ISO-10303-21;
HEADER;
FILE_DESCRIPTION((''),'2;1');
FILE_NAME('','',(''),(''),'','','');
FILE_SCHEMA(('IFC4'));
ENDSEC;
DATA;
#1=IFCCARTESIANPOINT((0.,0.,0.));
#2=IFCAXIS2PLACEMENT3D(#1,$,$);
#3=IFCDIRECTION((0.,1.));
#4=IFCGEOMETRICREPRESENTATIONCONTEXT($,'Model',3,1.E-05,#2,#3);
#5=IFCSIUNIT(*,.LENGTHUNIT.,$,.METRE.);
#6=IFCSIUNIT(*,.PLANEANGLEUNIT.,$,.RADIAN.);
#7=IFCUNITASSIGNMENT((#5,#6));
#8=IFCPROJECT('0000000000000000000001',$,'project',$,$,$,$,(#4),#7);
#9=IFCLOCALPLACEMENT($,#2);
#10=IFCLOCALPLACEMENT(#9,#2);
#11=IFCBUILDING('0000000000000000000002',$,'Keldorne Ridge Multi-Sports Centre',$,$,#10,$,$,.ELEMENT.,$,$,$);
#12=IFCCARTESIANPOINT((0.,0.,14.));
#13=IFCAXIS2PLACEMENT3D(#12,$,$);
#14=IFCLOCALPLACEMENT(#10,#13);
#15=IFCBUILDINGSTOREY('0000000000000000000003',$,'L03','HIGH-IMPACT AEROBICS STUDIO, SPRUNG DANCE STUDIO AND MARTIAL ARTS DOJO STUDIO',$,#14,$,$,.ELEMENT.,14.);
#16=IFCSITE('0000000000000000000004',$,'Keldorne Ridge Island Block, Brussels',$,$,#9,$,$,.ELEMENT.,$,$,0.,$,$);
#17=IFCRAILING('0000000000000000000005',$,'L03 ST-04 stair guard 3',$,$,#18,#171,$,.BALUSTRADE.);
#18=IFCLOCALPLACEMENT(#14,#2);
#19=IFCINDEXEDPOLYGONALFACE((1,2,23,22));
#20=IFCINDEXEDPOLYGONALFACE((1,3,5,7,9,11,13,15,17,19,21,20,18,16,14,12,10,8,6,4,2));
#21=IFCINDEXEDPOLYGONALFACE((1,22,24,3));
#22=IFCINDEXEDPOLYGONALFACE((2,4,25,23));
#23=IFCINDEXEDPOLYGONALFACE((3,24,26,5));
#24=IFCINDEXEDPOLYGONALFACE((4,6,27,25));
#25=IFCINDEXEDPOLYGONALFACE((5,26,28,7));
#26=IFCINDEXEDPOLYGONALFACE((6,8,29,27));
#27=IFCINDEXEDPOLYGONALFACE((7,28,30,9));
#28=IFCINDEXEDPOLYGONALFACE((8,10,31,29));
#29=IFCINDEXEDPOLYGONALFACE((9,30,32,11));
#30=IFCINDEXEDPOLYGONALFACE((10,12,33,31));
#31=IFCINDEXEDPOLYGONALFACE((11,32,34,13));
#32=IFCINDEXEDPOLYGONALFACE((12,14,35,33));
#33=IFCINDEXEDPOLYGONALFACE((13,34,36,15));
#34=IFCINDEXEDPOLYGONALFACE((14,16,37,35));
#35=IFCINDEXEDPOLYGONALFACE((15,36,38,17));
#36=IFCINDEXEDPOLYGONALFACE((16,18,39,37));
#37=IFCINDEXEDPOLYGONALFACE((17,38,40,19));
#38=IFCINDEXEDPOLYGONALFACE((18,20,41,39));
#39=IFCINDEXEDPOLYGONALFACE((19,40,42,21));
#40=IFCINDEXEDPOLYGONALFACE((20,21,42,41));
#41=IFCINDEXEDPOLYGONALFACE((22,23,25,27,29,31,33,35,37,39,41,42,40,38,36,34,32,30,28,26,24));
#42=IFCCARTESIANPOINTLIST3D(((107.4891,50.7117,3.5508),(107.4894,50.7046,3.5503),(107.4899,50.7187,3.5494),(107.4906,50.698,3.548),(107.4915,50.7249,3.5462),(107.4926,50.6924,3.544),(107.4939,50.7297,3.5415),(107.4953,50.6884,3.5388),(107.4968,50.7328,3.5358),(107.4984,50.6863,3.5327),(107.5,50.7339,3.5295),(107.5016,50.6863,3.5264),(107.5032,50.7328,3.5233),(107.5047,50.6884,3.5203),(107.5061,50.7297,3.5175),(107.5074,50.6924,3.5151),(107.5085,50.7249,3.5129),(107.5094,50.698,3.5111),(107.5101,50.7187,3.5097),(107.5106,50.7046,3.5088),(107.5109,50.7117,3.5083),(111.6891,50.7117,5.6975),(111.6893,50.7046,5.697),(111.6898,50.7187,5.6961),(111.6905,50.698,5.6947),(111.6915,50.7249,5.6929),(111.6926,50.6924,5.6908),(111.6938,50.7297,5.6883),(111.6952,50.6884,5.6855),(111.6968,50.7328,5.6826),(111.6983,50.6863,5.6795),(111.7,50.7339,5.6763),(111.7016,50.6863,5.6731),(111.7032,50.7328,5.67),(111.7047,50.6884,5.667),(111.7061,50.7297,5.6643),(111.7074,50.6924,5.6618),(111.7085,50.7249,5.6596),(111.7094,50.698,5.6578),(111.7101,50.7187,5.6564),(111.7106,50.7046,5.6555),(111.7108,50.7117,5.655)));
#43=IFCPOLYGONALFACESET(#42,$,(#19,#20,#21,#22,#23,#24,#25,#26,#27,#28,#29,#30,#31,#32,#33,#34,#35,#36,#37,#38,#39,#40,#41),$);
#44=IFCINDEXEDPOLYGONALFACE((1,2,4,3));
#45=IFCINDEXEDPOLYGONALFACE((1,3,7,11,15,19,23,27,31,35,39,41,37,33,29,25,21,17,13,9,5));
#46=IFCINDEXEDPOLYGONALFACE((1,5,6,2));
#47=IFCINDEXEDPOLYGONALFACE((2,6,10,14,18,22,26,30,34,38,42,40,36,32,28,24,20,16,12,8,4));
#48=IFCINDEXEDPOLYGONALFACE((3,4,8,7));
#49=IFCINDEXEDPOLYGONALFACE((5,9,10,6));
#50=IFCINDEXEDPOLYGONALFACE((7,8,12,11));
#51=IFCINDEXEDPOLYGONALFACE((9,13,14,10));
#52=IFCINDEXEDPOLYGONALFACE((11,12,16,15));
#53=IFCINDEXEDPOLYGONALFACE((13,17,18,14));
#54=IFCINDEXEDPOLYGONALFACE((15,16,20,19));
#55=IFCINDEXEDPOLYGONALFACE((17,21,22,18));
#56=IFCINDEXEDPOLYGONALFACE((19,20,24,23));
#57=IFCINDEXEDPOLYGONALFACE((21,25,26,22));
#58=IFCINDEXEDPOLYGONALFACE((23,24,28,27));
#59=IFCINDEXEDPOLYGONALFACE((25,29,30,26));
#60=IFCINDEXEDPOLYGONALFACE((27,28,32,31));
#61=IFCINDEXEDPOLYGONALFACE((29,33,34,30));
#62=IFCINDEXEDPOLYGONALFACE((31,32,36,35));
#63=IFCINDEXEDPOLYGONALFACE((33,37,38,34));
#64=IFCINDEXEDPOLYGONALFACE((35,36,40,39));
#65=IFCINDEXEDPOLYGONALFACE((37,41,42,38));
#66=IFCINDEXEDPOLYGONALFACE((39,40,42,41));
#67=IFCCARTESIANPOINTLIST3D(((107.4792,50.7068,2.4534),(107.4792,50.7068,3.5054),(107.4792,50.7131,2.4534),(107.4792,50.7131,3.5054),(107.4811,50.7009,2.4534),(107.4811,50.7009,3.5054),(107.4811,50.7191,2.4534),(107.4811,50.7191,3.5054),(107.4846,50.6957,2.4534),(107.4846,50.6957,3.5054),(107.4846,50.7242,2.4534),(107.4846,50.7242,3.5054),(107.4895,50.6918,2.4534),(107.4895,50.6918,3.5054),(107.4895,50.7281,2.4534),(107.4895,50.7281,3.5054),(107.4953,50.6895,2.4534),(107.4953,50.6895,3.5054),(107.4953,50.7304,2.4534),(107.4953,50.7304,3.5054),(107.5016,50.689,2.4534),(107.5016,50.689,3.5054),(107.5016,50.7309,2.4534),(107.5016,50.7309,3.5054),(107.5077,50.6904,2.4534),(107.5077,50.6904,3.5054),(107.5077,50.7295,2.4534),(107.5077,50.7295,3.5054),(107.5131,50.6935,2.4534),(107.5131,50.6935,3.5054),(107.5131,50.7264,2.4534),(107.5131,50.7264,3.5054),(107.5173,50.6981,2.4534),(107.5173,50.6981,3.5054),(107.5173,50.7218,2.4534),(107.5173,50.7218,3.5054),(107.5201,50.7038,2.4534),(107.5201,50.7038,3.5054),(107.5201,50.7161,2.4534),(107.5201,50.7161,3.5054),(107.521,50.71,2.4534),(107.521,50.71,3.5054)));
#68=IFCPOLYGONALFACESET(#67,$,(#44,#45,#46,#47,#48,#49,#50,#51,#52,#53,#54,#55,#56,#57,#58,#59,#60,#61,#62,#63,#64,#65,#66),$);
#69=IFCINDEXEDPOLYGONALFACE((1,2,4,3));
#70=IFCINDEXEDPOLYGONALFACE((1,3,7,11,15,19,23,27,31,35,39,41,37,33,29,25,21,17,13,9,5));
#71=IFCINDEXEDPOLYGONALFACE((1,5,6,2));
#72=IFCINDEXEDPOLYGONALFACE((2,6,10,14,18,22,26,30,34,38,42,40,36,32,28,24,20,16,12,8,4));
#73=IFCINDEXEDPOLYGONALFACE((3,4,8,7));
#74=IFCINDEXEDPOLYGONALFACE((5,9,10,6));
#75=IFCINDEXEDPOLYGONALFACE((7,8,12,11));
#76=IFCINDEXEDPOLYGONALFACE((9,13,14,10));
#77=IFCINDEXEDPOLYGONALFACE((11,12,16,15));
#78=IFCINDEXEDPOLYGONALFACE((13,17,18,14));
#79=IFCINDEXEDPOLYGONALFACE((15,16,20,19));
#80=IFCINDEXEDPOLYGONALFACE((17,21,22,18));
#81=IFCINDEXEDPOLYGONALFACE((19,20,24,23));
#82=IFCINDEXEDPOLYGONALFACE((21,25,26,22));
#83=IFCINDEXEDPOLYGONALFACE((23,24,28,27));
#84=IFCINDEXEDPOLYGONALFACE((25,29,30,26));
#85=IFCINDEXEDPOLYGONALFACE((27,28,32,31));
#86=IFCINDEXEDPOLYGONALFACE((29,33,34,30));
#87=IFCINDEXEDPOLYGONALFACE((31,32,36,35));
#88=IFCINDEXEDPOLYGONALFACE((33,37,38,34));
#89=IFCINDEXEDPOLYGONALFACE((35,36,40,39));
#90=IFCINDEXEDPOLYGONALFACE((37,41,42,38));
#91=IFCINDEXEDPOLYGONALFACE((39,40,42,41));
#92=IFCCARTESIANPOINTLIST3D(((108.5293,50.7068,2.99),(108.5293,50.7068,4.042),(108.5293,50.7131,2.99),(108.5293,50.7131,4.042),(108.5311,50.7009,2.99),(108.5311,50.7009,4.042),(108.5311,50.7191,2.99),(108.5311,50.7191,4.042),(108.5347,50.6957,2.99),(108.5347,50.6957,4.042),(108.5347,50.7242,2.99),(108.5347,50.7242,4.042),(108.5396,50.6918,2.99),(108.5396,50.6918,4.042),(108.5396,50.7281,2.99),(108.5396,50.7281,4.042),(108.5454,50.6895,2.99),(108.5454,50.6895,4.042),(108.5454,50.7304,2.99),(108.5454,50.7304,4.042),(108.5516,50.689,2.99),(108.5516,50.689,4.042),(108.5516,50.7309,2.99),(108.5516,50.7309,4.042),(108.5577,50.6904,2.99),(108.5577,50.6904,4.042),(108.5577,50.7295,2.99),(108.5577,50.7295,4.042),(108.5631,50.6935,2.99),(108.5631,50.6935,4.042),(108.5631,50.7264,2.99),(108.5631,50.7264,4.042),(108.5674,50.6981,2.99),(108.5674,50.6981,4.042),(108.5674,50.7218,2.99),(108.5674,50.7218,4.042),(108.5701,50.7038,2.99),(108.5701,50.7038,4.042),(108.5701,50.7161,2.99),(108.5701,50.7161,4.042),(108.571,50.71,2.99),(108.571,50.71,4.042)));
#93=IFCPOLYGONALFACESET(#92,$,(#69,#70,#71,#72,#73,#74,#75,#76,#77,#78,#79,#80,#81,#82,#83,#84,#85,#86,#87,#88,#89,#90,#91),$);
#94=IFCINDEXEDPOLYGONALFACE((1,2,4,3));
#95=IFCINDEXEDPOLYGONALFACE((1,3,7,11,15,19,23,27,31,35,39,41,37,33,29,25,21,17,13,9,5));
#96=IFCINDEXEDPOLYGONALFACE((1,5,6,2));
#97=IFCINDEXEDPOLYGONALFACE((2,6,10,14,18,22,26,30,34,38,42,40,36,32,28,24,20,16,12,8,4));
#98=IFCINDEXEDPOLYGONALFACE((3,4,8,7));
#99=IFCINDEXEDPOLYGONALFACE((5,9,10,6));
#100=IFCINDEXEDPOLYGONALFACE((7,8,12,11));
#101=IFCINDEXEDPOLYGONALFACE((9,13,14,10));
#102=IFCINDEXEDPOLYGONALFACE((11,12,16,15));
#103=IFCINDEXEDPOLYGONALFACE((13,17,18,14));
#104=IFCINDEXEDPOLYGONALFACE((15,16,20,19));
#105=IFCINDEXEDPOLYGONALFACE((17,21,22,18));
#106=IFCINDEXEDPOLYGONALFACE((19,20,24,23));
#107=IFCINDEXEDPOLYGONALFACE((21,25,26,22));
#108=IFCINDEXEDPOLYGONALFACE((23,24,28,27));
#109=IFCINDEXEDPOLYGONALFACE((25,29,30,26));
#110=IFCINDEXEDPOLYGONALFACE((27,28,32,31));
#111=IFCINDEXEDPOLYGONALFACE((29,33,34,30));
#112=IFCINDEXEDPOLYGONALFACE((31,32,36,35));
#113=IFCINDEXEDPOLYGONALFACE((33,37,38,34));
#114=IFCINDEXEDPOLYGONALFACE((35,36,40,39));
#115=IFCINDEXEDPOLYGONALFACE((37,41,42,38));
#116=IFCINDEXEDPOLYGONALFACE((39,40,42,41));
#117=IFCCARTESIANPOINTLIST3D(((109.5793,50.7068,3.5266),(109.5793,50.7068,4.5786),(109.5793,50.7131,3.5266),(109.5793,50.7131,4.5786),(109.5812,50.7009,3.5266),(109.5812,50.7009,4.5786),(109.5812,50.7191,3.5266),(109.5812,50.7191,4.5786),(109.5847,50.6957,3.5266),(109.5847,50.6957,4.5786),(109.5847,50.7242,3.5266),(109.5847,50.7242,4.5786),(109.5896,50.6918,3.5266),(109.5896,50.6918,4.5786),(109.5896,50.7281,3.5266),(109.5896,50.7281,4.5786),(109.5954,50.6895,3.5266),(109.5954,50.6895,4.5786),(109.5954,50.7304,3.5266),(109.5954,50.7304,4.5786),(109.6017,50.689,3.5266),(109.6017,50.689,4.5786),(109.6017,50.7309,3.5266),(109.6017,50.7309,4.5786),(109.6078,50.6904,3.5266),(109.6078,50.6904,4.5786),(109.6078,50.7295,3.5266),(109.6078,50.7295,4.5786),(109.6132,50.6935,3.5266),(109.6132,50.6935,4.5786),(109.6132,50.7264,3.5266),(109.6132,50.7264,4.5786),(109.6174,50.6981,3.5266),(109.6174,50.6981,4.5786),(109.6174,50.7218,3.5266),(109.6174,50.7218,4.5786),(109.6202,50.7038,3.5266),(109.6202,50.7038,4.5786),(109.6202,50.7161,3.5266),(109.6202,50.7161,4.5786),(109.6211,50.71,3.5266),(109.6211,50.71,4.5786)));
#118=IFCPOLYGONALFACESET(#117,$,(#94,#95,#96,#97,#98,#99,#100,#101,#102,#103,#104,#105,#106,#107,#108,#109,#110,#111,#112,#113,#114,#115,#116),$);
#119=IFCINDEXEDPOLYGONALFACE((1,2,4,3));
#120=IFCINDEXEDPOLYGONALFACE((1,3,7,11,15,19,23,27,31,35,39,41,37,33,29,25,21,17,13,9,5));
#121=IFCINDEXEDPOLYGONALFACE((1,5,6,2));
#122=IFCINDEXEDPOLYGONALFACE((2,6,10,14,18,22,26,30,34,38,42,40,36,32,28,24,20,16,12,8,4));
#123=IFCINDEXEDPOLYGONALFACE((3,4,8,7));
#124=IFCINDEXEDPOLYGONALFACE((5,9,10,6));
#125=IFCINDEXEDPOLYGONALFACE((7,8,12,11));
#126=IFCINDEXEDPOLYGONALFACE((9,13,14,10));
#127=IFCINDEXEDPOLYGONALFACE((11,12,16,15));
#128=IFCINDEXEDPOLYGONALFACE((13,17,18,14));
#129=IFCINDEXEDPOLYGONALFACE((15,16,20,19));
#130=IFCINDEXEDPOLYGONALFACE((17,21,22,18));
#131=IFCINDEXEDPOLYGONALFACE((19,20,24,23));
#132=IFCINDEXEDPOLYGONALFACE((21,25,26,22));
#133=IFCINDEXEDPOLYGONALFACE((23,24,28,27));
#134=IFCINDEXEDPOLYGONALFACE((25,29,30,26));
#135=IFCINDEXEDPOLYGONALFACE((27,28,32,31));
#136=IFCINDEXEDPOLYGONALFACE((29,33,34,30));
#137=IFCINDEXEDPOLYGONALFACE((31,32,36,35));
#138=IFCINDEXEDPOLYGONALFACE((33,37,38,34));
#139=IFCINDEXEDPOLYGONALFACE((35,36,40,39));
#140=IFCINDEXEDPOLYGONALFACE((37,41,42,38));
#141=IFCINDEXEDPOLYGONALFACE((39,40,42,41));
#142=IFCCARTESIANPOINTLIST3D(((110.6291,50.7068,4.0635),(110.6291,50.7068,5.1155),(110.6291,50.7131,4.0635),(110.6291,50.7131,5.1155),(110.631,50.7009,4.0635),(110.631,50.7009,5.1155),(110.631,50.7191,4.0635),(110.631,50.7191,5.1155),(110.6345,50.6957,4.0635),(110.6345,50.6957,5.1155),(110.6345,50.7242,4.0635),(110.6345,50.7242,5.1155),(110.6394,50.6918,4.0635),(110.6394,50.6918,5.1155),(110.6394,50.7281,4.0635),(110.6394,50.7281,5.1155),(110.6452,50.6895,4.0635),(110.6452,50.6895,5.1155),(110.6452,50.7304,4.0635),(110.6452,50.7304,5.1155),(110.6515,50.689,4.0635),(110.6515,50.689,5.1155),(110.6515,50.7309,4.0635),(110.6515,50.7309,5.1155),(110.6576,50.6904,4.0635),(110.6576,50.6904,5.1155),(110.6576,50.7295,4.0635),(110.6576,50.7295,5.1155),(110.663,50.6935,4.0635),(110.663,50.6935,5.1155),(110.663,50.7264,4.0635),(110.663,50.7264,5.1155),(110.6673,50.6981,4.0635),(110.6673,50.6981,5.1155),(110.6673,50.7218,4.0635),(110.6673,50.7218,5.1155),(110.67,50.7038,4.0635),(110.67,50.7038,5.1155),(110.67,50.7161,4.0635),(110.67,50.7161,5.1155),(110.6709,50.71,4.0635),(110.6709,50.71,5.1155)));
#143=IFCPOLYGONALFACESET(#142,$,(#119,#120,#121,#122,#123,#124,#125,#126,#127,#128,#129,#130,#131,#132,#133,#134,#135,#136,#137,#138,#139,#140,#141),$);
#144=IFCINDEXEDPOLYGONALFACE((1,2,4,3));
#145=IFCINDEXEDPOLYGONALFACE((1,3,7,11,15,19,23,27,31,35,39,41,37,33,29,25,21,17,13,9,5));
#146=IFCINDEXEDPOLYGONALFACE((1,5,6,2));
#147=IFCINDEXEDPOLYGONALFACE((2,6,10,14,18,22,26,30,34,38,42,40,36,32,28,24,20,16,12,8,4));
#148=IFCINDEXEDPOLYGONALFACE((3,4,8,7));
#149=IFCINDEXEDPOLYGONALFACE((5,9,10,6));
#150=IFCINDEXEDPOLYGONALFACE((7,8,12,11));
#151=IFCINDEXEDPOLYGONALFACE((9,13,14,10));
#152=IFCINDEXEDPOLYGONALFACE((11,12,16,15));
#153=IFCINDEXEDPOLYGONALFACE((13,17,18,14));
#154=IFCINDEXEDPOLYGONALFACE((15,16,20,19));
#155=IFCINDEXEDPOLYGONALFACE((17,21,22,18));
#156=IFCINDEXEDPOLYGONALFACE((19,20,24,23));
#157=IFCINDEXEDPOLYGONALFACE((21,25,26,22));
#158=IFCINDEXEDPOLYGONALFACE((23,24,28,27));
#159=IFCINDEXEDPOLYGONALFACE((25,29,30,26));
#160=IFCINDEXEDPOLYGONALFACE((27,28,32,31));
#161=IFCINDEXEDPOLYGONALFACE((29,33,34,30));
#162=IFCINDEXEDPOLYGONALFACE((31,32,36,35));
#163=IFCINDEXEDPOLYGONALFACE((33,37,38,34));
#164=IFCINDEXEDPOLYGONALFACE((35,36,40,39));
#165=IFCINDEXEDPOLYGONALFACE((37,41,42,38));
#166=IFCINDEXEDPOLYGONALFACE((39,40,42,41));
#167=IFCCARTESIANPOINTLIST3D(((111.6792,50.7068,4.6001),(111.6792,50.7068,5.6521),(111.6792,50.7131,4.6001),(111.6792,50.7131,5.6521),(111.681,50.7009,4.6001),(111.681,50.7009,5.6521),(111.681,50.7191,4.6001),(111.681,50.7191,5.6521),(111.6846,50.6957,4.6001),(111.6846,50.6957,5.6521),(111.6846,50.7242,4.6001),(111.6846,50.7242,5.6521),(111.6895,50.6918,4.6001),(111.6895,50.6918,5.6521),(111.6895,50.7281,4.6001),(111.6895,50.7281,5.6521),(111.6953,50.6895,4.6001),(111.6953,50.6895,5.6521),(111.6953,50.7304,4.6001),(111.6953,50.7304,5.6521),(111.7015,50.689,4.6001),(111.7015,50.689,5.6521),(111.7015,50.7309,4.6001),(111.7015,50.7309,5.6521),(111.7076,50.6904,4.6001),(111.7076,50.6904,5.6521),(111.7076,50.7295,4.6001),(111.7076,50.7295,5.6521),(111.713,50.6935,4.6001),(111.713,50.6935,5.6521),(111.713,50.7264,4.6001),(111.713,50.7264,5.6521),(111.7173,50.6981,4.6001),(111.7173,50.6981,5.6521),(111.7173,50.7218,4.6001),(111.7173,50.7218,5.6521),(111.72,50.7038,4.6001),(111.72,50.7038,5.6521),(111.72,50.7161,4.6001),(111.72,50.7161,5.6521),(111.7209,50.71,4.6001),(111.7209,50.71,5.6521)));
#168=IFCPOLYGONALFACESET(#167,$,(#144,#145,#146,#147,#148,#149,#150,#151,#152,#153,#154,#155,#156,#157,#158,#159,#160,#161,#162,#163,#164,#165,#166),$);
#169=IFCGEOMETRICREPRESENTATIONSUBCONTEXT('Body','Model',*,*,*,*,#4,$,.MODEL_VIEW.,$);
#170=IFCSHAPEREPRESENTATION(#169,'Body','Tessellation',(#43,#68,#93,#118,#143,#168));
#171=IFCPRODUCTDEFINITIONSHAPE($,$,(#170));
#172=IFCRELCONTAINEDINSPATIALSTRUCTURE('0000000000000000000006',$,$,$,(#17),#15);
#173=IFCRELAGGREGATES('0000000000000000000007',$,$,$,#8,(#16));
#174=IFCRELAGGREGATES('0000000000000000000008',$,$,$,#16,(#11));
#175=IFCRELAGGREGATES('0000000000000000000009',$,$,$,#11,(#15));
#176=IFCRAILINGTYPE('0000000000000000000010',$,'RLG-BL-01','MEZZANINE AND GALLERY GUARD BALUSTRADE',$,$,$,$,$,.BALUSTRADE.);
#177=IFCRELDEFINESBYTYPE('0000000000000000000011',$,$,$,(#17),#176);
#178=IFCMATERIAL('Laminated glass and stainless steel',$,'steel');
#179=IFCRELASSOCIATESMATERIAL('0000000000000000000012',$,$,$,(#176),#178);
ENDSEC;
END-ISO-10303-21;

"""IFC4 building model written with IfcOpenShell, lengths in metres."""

from ifc_helpers import new_model, si_unit, direction, frame, origin, origin_2d, place, context, subcontext, project, spatial, circle, extrude, material, type_object, element, save


model = new_model("IFC4")

# Units and contexts
model_context = context("Model", 3, precision=1e-05, world=origin(), true_north=direction((0.0, 1.0)))
body_context = subcontext(model_context, "Body", "Model", "MODEL_VIEW")
ifc_project = project(units=[si_unit("LENGTHUNIT", "METRE"), si_unit("PLANEANGLEUNIT", "RADIAN")], contexts=[model_context])

# Site, building, storey
site_placement = place(None, origin())
site = spatial("IfcSite", under=ifc_project, at=site_placement, Name="Keldorne Ridge Island Block, Brussels", CompositionType="ELEMENT", RefElevation=0.0)
building_placement = place(site_placement, origin())
building = spatial("IfcBuilding", under=site, at=building_placement, Name="Keldorne Ridge Multi-Sports Centre", CompositionType="ELEMENT")
storey_placement = place(building_placement, frame((0.0, 0.0, 14.0)))
storey = spatial("IfcBuildingStorey", under=building, at=storey_placement, Name="L03", Description="HIGH-IMPACT AEROBICS STUDIO, SPRUNG DANCE STUDIO AND MARTIAL ARTS DOJO STUDIO", CompositionType="ELEMENT", Elevation=14.0)

# Railing
ifc_material_1 = material(Name="Laminated glass and stainless steel", Category="steel")
railing_type = type_object("IfcRailingType", Name="RLG-BL-01", Description="MEZZANINE AND GALLERY GUARD BALUSTRADE", PredefinedType="BALUSTRADE", material=ifc_material_1)
railing_1_placement = place(storey_placement, frame((107.5, 50.71, 2.4534)))
element("IfcRailing", 1, at=railing_1_placement, inside=storey, type_object=railing_type, Name="L03 ST-04 stair guard 3", PredefinedType="BALUSTRADE", context=body_context, shape_type="SweptSolid", body=[
    extrude(circle(Radius=0.0239, at=origin_2d()), frame((0.0, 0.0, 1.0762), z_axis=(0.890427, 0.0, 0.455126), x_axis=(0.0, 1.0, 0.0)), (0.0, 0.0, 1.0), 4.7168),
    extrude(circle(Radius=0.021, at=origin_2d()), origin(), (0.0, 0.0, 1.0), 1.052),
    extrude(circle(Radius=0.021, at=origin_2d()), frame((1.05, 0.0, 0.5366)), (0.0, 0.0, 1.0), 1.052),
    extrude(circle(Radius=0.021, at=origin_2d()), frame((2.1001, 0.0, 1.0732)), (0.0, 0.0, 1.0), 1.052),
    extrude(circle(Radius=0.021, at=origin_2d()), frame((3.1499, 0.0, 1.6101)), (0.0, 0.0, 1.0), 1.052),
    extrude(circle(Radius=0.021, at=origin_2d()), frame((4.2, 0.0, 2.1467)), (0.0, 0.0, 1.0), 1.052),
])

save(model, "model.ifc")
